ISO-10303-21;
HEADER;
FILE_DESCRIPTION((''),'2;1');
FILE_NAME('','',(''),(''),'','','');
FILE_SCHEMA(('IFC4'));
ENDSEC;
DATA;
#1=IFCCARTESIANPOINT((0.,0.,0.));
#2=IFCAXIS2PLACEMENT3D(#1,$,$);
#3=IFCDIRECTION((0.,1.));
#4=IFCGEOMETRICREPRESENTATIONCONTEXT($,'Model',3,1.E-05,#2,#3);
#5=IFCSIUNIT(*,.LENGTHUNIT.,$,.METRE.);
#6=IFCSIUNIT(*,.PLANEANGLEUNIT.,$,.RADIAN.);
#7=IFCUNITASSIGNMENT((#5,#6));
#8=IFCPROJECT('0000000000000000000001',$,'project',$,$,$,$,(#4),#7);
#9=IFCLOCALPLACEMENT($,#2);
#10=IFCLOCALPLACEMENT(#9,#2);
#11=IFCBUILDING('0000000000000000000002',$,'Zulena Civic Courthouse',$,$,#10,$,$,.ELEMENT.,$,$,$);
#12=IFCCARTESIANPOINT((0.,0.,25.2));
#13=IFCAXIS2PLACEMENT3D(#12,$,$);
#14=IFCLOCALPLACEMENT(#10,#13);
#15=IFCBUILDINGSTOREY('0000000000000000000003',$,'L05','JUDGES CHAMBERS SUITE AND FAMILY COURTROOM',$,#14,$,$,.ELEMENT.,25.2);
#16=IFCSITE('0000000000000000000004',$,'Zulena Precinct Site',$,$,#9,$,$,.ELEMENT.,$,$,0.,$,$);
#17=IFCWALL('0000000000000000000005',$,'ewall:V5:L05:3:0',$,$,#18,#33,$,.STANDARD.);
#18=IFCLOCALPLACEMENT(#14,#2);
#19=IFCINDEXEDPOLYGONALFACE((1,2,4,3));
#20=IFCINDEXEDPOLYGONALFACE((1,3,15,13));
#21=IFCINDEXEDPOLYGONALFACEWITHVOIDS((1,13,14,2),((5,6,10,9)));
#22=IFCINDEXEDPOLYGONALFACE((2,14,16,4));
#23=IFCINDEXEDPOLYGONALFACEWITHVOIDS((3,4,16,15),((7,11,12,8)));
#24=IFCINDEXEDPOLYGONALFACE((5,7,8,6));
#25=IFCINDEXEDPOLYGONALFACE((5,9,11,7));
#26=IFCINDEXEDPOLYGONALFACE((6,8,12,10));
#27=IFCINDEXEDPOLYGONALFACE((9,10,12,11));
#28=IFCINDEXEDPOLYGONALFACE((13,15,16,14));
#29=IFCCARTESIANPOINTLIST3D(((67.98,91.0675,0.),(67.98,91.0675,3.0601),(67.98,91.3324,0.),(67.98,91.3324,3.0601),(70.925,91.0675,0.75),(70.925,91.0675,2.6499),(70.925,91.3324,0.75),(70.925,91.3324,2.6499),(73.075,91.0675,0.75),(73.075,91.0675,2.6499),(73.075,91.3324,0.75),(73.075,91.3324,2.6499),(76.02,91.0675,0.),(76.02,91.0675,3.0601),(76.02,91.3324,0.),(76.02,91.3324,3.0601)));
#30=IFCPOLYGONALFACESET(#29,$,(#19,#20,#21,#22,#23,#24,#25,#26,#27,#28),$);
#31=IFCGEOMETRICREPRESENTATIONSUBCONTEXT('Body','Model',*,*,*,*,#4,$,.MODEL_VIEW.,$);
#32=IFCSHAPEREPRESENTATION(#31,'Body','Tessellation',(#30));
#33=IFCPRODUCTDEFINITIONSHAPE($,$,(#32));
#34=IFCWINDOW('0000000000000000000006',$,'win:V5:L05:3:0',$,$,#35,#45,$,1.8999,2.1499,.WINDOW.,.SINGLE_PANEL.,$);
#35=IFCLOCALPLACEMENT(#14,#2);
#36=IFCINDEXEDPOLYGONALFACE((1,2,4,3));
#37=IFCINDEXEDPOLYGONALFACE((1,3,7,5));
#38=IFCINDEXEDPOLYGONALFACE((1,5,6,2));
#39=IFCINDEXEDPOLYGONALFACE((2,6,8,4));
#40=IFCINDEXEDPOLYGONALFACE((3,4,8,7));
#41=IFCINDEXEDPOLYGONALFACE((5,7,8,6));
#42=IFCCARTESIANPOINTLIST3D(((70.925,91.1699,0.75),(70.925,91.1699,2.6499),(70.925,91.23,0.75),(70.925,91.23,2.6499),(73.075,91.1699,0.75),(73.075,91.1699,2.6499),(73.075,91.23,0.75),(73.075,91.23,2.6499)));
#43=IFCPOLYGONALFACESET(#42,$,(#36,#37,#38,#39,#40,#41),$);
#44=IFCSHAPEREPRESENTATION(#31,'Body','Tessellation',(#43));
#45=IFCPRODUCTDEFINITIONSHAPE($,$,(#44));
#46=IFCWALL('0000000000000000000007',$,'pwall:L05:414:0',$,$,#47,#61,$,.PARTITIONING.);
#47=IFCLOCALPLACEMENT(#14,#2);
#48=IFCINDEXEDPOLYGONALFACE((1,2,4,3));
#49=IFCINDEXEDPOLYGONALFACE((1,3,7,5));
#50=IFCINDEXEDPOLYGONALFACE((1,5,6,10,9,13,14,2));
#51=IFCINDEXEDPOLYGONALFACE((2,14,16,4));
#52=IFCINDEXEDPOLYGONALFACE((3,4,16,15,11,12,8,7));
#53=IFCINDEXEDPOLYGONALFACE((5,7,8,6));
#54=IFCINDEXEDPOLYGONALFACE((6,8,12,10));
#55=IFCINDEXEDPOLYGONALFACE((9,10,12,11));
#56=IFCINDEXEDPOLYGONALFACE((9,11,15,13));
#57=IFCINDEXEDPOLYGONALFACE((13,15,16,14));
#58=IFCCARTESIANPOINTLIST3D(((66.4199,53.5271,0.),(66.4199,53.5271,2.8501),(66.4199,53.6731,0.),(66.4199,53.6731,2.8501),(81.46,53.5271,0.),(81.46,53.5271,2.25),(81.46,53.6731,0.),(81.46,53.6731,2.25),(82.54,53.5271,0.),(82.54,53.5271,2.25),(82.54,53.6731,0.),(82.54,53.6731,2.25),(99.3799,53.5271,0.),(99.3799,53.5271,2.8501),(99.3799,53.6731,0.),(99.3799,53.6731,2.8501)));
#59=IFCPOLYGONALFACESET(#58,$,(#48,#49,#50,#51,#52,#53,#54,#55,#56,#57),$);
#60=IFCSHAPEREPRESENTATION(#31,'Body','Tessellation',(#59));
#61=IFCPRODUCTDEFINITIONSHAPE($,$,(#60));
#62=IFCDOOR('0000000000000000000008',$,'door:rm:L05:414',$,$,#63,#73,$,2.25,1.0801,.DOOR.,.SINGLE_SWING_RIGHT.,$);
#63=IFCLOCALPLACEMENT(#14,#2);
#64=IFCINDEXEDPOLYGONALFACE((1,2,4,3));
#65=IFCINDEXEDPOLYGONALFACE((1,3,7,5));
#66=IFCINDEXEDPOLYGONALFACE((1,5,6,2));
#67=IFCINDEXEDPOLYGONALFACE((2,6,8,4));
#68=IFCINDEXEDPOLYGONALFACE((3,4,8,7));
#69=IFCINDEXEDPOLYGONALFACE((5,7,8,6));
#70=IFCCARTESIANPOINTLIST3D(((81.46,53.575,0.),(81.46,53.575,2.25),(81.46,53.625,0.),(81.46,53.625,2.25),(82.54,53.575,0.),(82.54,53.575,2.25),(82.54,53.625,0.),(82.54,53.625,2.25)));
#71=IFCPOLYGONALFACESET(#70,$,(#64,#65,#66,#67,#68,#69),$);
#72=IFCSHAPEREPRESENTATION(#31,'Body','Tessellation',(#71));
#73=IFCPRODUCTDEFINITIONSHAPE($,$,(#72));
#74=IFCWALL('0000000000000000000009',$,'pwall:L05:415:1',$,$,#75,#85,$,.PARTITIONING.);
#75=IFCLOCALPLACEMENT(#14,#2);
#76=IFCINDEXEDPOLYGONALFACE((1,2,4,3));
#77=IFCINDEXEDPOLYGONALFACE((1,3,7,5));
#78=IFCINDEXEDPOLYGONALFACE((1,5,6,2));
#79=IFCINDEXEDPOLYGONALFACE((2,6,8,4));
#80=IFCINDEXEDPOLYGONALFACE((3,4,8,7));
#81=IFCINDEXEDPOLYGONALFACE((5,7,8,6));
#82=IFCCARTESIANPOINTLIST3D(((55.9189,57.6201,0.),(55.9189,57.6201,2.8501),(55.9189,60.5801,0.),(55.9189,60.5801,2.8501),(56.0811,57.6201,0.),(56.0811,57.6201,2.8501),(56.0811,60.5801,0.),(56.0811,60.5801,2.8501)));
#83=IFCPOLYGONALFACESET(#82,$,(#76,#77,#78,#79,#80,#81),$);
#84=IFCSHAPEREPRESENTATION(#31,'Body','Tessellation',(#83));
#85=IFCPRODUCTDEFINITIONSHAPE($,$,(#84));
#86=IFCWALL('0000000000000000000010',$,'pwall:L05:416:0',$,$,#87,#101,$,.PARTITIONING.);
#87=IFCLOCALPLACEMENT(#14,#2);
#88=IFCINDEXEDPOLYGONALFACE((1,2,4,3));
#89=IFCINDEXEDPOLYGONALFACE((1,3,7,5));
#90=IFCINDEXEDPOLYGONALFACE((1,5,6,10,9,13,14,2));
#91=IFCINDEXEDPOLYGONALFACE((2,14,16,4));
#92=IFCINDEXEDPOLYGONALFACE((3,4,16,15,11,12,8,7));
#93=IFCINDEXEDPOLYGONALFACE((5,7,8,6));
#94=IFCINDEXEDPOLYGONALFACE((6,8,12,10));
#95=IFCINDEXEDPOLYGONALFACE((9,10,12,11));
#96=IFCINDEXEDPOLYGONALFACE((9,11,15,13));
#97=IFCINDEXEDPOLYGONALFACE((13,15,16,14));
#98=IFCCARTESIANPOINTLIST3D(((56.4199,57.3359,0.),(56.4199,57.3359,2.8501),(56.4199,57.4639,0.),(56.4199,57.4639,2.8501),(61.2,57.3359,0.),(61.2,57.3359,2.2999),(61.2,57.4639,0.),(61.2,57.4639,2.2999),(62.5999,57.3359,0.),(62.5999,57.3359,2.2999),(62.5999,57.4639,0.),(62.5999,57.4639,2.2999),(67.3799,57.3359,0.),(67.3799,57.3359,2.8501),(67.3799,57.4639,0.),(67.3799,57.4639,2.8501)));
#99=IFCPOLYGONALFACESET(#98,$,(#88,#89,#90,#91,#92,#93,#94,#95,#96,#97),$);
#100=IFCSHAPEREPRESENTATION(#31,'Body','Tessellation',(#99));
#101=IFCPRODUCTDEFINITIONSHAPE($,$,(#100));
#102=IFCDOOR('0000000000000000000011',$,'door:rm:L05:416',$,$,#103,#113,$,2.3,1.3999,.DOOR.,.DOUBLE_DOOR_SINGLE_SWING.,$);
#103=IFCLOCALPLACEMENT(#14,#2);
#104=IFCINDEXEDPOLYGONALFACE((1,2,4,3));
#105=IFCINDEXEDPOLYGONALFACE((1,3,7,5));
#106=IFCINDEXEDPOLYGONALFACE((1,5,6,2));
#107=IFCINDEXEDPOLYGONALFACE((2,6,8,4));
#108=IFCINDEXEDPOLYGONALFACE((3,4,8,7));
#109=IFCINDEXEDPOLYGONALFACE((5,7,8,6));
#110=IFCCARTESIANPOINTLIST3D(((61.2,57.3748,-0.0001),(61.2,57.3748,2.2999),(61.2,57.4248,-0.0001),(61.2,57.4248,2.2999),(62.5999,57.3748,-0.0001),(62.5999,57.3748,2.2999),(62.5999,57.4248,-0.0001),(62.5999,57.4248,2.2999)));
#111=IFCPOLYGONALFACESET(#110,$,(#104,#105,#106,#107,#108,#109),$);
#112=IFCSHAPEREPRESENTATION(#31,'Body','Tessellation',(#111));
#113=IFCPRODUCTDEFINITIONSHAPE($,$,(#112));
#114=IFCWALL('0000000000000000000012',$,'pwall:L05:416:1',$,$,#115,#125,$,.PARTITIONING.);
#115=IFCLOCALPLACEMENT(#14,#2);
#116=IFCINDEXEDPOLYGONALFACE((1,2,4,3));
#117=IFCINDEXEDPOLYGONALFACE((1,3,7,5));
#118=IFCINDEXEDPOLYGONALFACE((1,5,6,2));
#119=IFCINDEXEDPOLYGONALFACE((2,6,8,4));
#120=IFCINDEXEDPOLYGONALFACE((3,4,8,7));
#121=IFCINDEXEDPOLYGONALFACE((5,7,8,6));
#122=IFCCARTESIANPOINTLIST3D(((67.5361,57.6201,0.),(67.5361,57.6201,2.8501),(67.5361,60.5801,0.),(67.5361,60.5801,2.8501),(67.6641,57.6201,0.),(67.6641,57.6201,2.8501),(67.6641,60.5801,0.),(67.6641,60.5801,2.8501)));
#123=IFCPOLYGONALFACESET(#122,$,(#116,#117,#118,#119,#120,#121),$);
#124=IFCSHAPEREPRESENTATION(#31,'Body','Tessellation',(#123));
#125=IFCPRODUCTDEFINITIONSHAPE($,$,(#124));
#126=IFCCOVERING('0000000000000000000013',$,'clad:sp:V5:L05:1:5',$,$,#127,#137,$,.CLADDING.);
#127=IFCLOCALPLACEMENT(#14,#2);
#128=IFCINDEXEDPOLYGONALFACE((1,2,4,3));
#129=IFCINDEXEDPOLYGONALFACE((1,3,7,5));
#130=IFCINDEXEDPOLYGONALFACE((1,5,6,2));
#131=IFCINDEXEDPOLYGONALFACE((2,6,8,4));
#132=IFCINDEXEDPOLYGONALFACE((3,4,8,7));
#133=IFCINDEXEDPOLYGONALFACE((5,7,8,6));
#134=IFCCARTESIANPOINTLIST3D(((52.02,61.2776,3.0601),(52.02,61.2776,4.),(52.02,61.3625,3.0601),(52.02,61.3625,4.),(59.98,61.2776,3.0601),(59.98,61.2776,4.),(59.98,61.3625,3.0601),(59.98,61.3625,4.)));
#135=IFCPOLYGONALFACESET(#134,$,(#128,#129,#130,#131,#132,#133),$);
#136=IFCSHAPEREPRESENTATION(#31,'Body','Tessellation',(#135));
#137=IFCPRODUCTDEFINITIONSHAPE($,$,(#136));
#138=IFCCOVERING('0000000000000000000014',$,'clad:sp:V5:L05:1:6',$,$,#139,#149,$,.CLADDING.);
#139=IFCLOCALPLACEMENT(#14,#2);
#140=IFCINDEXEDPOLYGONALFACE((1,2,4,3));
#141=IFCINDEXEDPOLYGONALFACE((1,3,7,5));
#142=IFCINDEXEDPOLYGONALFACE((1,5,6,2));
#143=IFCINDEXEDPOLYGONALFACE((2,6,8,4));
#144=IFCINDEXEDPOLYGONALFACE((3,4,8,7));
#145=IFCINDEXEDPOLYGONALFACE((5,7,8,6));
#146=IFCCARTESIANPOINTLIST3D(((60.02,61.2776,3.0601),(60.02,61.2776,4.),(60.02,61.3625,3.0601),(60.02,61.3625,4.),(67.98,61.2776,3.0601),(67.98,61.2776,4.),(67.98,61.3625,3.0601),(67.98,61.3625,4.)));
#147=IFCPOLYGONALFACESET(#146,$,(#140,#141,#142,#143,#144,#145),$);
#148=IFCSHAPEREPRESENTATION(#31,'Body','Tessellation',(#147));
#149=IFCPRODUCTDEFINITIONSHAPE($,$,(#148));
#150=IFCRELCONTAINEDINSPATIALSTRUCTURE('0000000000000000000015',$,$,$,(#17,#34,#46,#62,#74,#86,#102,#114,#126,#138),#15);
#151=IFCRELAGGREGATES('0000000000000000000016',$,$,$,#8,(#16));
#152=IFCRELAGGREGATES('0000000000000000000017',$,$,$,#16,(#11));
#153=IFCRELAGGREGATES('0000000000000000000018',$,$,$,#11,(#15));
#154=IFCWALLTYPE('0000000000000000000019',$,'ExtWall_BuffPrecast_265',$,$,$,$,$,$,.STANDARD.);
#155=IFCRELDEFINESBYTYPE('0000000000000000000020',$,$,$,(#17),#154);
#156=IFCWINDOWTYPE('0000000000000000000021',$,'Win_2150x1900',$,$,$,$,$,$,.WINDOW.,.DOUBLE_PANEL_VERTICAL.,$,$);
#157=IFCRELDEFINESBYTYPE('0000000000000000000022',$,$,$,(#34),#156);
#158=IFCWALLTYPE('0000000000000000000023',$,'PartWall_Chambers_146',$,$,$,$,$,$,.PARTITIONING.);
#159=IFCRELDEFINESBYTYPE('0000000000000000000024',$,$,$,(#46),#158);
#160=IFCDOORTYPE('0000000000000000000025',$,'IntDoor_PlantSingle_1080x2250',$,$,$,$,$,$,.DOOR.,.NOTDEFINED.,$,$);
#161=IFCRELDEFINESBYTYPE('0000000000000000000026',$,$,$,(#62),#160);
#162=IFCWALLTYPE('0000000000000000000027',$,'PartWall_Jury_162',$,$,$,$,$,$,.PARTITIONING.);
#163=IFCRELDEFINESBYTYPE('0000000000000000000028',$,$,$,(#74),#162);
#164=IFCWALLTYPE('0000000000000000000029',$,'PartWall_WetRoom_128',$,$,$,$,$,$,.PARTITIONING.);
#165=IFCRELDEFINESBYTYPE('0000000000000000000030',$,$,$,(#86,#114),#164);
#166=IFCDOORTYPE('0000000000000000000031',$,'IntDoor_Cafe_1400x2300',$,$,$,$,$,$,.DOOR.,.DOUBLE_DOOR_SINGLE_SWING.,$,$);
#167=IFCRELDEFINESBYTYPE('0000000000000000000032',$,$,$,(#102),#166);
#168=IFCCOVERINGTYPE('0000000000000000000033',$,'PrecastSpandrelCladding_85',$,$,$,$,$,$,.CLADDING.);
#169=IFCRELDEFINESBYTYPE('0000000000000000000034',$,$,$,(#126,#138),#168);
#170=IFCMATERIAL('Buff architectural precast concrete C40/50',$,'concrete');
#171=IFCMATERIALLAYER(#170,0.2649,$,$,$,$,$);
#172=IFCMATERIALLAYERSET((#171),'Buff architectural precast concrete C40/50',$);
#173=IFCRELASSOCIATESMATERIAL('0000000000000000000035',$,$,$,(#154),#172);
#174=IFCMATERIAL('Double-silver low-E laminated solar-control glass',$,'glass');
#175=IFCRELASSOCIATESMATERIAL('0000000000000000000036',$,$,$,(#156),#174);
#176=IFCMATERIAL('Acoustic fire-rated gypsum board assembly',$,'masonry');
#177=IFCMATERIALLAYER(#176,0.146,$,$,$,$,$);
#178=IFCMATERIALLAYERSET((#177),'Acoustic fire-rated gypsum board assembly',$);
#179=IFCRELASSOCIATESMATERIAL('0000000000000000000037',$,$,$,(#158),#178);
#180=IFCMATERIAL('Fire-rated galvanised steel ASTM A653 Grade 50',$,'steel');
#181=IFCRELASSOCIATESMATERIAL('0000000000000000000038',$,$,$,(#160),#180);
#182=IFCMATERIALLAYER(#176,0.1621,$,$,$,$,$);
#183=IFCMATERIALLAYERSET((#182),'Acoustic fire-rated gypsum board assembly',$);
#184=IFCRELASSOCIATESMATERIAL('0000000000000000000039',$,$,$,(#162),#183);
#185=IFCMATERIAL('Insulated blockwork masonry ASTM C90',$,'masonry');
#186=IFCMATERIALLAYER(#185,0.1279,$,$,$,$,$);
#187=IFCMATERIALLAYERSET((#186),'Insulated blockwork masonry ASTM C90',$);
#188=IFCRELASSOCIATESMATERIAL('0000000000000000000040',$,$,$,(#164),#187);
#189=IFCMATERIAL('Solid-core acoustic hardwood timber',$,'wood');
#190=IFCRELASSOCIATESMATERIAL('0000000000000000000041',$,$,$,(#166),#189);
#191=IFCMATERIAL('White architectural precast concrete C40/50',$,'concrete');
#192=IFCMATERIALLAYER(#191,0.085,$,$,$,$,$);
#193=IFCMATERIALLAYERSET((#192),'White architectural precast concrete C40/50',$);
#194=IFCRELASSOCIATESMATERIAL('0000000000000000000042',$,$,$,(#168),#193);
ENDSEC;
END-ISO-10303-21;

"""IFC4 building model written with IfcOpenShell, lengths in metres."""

from ifc_helpers import new_model, si_unit, direction, frame, frame_2d, origin, origin_2d, place, context, subcontext, project, spatial, rectangle, extrude, material, layer, layer_set, type_object, element, fill, save


model = new_model("IFC4")

# Units and contexts
model_context = context("Model", 3, precision=1e-05, world=origin(), true_north=direction((0.0, 1.0)))
body_context = subcontext(model_context, "Body", "Model", "MODEL_VIEW")
ifc_project = project(units=[si_unit("LENGTHUNIT", "METRE"), si_unit("PLANEANGLEUNIT", "RADIAN")], contexts=[model_context])

# Site, building, storey
site_placement = place(None, origin())
site = spatial("IfcSite", under=ifc_project, at=site_placement, Name="Zulena Precinct Site", CompositionType="ELEMENT", RefElevation=0.0)
building_placement = place(site_placement, origin())
building = spatial("IfcBuilding", under=site, at=building_placement, Name="Zulena Civic Courthouse", CompositionType="ELEMENT")
storey_placement = place(building_placement, frame((0.0, 0.0, 25.2)))
storey = spatial("IfcBuildingStorey", under=building, at=storey_placement, Name="L05", Description="JUDGES CHAMBERS SUITE AND FAMILY COURTROOM", CompositionType="ELEMENT", Elevation=25.2)

# Wall, opening, window
ifc_material_1 = material(Name="Buff architectural precast concrete C40/50", Category="concrete")
ifc_layer_1 = layer(ifc_material_1, 0.2649)
ifc_layer_set_1 = layer_set([ifc_layer_1], Name="Buff architectural precast concrete C40/50")
wall_type_1 = type_object("IfcWallType", Name="ExtWall_BuffPrecast_265", PredefinedType="STANDARD", material=ifc_layer_set_1)
ifc_material_2 = material(Name="Double-silver low-E laminated solar-control glass", Category="glass")
wall_1_placement = place(storey_placement, frame((67.98, 91.2, 0.0), z_axis=(0.0, 0.0, 1.0), x_axis=(1.0, 0.0, 0.0)))
wall_1 = element("IfcWall", 1, at=wall_1_placement, inside=storey, type_object=wall_type_1, Name="ewall:V5:L05:3:0", PredefinedType="STANDARD", context=body_context, shape_type="SweptSolid", body=[
    extrude(rectangle(XDim=8.04, YDim=0.2649, at=frame_2d((4.02, 0.0))), origin(), (0.0, 0.0, 1.0), 3.0601),
])
opening_1_placement = place(wall_1_placement, frame((2.9451, 0.0, 0.75)))
opening_1 = element("IfcOpeningElement", 2, at=opening_1_placement, cuts=wall_1, PredefinedType="OPENING", context=body_context, shape_type="SweptSolid", body=[
    extrude(rectangle(XDim=2.1499, YDim=1.8999, at=frame_2d((1.075, 0.95))), frame((0.0, 0.1423, 0.0), z_axis=(0.0, -1.0, 0.0), x_axis=(1.0, 0.0, 0.0)), (0.0, 0.0, 1.0), 0.2849),
])
window_type_1 = type_object("IfcWindowType", Name="Win_2150x1900", PartitioningType="DOUBLE_PANEL_VERTICAL", PredefinedType="WINDOW", material=ifc_material_2)
window_1_placement = place(opening_1_placement, origin())
window_1 = element("IfcWindow", 3, at=window_1_placement, inside=storey, type_object=window_type_1, Name="win:V5:L05:3:0", OverallHeight=1.8999, OverallWidth=2.1499, PartitioningType="SINGLE_PANEL", PredefinedType="WINDOW", context=body_context, shape_type="SweptSolid", body=[
    extrude(rectangle(XDim=2.1499, YDim=1.8999, at=frame_2d((1.075, 0.95))), frame((0.0, 0.03, 0.0), z_axis=(0.0, -1.0, 0.0), x_axis=(1.0, 0.0, 0.0)), (0.0, 0.0, 1.0), 0.0601),
])
fill(opening_1, window_1)

# Wall, opening, door
ifc_material_3 = material(Name="Acoustic fire-rated gypsum board assembly", Category="masonry")
ifc_layer_2 = layer(ifc_material_3, 0.146)
ifc_layer_set_2 = layer_set([ifc_layer_2], Name="Acoustic fire-rated gypsum board assembly")
wall_type_2 = type_object("IfcWallType", Name="PartWall_Chambers_146", PredefinedType="PARTITIONING", material=ifc_layer_set_2)
wall_2_placement = place(storey_placement, frame((66.4199, 53.6001, 0.0), z_axis=(0.0, 0.0, 1.0), x_axis=(1.0, 0.0, 0.0)))
wall_2 = element("IfcWall", 4, at=wall_2_placement, inside=storey, type_object=wall_type_2, Name="pwall:L05:414:0", PredefinedType="PARTITIONING", context=body_context, shape_type="SweptSolid", body=[
    extrude(rectangle(XDim=32.96, YDim=0.146, at=frame_2d((16.48, 0.0))), origin(), (0.0, 0.0, 1.0), 2.8501),
])
opening_2_placement = place(wall_2_placement, frame((15.04, 0.0, 0.0)))
opening_2 = element("IfcOpeningElement", 5, at=opening_2_placement, cuts=wall_2, PredefinedType="OPENING", context=body_context, shape_type="SweptSolid", body=[
    extrude(rectangle(XDim=1.0801, YDim=2.25, at=frame_2d((0.54, 1.125))), frame((0.0, 0.083, 0.0), z_axis=(0.0, -1.0, 0.0), x_axis=(1.0, 0.0, 0.0)), (0.0, 0.0, 1.0), 0.166),
])
ifc_material_4 = material(Name="Fire-rated galvanised steel ASTM A653 Grade 50", Category="steel")
door_type_1 = type_object("IfcDoorType", Name="IntDoor_PlantSingle_1080x2250", OperationType="NOTDEFINED", PredefinedType="DOOR", material=ifc_material_4)
door_1_placement = place(opening_2_placement, origin())
door_1 = element("IfcDoor", 6, at=door_1_placement, inside=storey, type_object=door_type_1, Name="door:rm:L05:414", OperationType="SINGLE_SWING_RIGHT", OverallHeight=2.25, OverallWidth=1.0801, PredefinedType="DOOR", context=body_context, shape_type="SweptSolid", body=[
    extrude(rectangle(XDim=1.0801, YDim=2.25, at=frame_2d((0.54, 1.125))), frame((0.0, 0.0249, 0.0), z_axis=(0.0, -1.0, 0.0), x_axis=(1.0, 0.0, 0.0)), (0.0, 0.0, 1.0), 0.05),
])
fill(opening_2, door_1)

# Wall
ifc_layer_3 = layer(ifc_material_3, 0.1621)
ifc_layer_set_3 = layer_set([ifc_layer_3], Name="Acoustic fire-rated gypsum board assembly")
wall_type_3 = type_object("IfcWallType", Name="PartWall_Jury_162", PredefinedType="PARTITIONING", material=ifc_layer_set_3)
wall_3_placement = place(storey_placement, frame((56.0, 57.6201, 0.0), z_axis=(0.0, 0.0, 1.0), x_axis=(0.0, 1.0, 0.0)))
element("IfcWall", 7, at=wall_3_placement, inside=storey, type_object=wall_type_3, Name="pwall:L05:415:1", PredefinedType="PARTITIONING", context=body_context, shape_type="SweptSolid", body=[
    extrude(rectangle(XDim=2.96, YDim=0.1621, at=frame_2d((1.48, 0.0))), origin(), (0.0, 0.0, 1.0), 2.8501),
])

# Wall, opening, door
ifc_material_5 = material(Name="Insulated blockwork masonry ASTM C90", Category="masonry")
ifc_layer_4 = layer(ifc_material_5, 0.1279)
ifc_layer_set_4 = layer_set([ifc_layer_4], Name="Insulated blockwork masonry ASTM C90")
wall_type_4 = type_object("IfcWallType", Name="PartWall_WetRoom_128", PredefinedType="PARTITIONING", material=ifc_layer_set_4)
wall_4_placement = place(storey_placement, frame((56.4199, 57.3999, 0.0), z_axis=(0.0, 0.0, 1.0), x_axis=(1.0, 0.0, 0.0)))
wall_4 = element("IfcWall", 8, at=wall_4_placement, inside=storey, type_object=wall_type_4, Name="pwall:L05:416:0", PredefinedType="PARTITIONING", context=body_context, shape_type="SweptSolid", body=[
    extrude(rectangle(XDim=10.96, YDim=0.1279, at=frame_2d((5.48, 0.0))), origin(), (0.0, 0.0, 1.0), 2.8501),
])
opening_3_placement = place(wall_4_placement, frame((4.78, 0.0, 0.0)))
opening_3 = element("IfcOpeningElement", 9, at=opening_3_placement, cuts=wall_4, PredefinedType="OPENING", context=body_context, shape_type="SweptSolid", body=[
    extrude(rectangle(XDim=1.3999, YDim=2.3, at=frame_2d((0.7, 1.1499))), frame((0.0, 0.074, 0.0), z_axis=(0.0, -1.0, 0.0), x_axis=(1.0, 0.0, 0.0)), (0.0, 0.0, 1.0), 0.1479),
])
ifc_material_6 = material(Name="Solid-core acoustic hardwood timber", Category="wood")
door_type_2 = type_object("IfcDoorType", Name="IntDoor_Cafe_1400x2300", OperationType="DOUBLE_DOOR_SINGLE_SWING", PredefinedType="DOOR", material=ifc_material_6)
door_2_placement = place(opening_3_placement, origin())
door_2 = element("IfcDoor", 10, at=door_2_placement, inside=storey, type_object=door_type_2, Name="door:rm:L05:416", OperationType="DOUBLE_DOOR_SINGLE_SWING", OverallHeight=2.3, OverallWidth=1.3999, PredefinedType="DOOR", context=body_context, shape_type="SweptSolid", body=[
    extrude(rectangle(XDim=1.3999, YDim=2.3, at=frame_2d((0.7, 1.1499))), frame((0.0, 0.0249, 0.0), z_axis=(0.0, -1.0, 0.0), x_axis=(1.0, 0.0, 0.0)), (0.0, 0.0, 1.0), 0.05),
])
fill(opening_3, door_2)

# Wall
wall_5_placement = place(storey_placement, frame((67.6001, 57.6201, 0.0), z_axis=(0.0, 0.0, 1.0), x_axis=(0.0, 1.0, 0.0)))
element("IfcWall", 11, at=wall_5_placement, inside=storey, type_object=wall_type_4, Name="pwall:L05:416:1", PredefinedType="PARTITIONING", context=body_context, shape_type="SweptSolid", body=[
    extrude(rectangle(XDim=2.96, YDim=0.1279, at=frame_2d((1.48, 0.0))), origin(), (0.0, 0.0, 1.0), 2.8501),
])

# Coverings
ifc_material_7 = material(Name="White architectural precast concrete C40/50", Category="concrete")
ifc_layer_5 = layer(ifc_material_7, 0.085)
ifc_layer_set_5 = layer_set([ifc_layer_5], Name="White architectural precast concrete C40/50")
covering_type = type_object("IfcCoveringType", Name="PrecastSpandrelCladding_85", PredefinedType="CLADDING", material=ifc_layer_set_5)
for number, where, z_axis, x_axis, name in (
    (12, (56.0, 61.3201, 3.0601), (0.0, 0.0, 1.0), (1.0, 0.0, 0.0), "clad:sp:V5:L05:1:5"),
    (13, (64.0, 61.3201, 3.0601), (0.0, 0.0, 1.0), (1.0, 0.0, 0.0), "clad:sp:V5:L05:1:6"),
):
    element("IfcCovering", number, at=place(storey_placement, frame(where, z_axis=z_axis, x_axis=x_axis)), inside=storey, type_object=covering_type, Name=name, PredefinedType="CLADDING", context=body_context, shape_type="SweptSolid", body=[
        extrude(rectangle(XDim=7.96, YDim=0.085, at=origin_2d()), origin(), (0.0, 0.0, 1.0), 0.9399),
    ])

save(model, "model.ifc")
